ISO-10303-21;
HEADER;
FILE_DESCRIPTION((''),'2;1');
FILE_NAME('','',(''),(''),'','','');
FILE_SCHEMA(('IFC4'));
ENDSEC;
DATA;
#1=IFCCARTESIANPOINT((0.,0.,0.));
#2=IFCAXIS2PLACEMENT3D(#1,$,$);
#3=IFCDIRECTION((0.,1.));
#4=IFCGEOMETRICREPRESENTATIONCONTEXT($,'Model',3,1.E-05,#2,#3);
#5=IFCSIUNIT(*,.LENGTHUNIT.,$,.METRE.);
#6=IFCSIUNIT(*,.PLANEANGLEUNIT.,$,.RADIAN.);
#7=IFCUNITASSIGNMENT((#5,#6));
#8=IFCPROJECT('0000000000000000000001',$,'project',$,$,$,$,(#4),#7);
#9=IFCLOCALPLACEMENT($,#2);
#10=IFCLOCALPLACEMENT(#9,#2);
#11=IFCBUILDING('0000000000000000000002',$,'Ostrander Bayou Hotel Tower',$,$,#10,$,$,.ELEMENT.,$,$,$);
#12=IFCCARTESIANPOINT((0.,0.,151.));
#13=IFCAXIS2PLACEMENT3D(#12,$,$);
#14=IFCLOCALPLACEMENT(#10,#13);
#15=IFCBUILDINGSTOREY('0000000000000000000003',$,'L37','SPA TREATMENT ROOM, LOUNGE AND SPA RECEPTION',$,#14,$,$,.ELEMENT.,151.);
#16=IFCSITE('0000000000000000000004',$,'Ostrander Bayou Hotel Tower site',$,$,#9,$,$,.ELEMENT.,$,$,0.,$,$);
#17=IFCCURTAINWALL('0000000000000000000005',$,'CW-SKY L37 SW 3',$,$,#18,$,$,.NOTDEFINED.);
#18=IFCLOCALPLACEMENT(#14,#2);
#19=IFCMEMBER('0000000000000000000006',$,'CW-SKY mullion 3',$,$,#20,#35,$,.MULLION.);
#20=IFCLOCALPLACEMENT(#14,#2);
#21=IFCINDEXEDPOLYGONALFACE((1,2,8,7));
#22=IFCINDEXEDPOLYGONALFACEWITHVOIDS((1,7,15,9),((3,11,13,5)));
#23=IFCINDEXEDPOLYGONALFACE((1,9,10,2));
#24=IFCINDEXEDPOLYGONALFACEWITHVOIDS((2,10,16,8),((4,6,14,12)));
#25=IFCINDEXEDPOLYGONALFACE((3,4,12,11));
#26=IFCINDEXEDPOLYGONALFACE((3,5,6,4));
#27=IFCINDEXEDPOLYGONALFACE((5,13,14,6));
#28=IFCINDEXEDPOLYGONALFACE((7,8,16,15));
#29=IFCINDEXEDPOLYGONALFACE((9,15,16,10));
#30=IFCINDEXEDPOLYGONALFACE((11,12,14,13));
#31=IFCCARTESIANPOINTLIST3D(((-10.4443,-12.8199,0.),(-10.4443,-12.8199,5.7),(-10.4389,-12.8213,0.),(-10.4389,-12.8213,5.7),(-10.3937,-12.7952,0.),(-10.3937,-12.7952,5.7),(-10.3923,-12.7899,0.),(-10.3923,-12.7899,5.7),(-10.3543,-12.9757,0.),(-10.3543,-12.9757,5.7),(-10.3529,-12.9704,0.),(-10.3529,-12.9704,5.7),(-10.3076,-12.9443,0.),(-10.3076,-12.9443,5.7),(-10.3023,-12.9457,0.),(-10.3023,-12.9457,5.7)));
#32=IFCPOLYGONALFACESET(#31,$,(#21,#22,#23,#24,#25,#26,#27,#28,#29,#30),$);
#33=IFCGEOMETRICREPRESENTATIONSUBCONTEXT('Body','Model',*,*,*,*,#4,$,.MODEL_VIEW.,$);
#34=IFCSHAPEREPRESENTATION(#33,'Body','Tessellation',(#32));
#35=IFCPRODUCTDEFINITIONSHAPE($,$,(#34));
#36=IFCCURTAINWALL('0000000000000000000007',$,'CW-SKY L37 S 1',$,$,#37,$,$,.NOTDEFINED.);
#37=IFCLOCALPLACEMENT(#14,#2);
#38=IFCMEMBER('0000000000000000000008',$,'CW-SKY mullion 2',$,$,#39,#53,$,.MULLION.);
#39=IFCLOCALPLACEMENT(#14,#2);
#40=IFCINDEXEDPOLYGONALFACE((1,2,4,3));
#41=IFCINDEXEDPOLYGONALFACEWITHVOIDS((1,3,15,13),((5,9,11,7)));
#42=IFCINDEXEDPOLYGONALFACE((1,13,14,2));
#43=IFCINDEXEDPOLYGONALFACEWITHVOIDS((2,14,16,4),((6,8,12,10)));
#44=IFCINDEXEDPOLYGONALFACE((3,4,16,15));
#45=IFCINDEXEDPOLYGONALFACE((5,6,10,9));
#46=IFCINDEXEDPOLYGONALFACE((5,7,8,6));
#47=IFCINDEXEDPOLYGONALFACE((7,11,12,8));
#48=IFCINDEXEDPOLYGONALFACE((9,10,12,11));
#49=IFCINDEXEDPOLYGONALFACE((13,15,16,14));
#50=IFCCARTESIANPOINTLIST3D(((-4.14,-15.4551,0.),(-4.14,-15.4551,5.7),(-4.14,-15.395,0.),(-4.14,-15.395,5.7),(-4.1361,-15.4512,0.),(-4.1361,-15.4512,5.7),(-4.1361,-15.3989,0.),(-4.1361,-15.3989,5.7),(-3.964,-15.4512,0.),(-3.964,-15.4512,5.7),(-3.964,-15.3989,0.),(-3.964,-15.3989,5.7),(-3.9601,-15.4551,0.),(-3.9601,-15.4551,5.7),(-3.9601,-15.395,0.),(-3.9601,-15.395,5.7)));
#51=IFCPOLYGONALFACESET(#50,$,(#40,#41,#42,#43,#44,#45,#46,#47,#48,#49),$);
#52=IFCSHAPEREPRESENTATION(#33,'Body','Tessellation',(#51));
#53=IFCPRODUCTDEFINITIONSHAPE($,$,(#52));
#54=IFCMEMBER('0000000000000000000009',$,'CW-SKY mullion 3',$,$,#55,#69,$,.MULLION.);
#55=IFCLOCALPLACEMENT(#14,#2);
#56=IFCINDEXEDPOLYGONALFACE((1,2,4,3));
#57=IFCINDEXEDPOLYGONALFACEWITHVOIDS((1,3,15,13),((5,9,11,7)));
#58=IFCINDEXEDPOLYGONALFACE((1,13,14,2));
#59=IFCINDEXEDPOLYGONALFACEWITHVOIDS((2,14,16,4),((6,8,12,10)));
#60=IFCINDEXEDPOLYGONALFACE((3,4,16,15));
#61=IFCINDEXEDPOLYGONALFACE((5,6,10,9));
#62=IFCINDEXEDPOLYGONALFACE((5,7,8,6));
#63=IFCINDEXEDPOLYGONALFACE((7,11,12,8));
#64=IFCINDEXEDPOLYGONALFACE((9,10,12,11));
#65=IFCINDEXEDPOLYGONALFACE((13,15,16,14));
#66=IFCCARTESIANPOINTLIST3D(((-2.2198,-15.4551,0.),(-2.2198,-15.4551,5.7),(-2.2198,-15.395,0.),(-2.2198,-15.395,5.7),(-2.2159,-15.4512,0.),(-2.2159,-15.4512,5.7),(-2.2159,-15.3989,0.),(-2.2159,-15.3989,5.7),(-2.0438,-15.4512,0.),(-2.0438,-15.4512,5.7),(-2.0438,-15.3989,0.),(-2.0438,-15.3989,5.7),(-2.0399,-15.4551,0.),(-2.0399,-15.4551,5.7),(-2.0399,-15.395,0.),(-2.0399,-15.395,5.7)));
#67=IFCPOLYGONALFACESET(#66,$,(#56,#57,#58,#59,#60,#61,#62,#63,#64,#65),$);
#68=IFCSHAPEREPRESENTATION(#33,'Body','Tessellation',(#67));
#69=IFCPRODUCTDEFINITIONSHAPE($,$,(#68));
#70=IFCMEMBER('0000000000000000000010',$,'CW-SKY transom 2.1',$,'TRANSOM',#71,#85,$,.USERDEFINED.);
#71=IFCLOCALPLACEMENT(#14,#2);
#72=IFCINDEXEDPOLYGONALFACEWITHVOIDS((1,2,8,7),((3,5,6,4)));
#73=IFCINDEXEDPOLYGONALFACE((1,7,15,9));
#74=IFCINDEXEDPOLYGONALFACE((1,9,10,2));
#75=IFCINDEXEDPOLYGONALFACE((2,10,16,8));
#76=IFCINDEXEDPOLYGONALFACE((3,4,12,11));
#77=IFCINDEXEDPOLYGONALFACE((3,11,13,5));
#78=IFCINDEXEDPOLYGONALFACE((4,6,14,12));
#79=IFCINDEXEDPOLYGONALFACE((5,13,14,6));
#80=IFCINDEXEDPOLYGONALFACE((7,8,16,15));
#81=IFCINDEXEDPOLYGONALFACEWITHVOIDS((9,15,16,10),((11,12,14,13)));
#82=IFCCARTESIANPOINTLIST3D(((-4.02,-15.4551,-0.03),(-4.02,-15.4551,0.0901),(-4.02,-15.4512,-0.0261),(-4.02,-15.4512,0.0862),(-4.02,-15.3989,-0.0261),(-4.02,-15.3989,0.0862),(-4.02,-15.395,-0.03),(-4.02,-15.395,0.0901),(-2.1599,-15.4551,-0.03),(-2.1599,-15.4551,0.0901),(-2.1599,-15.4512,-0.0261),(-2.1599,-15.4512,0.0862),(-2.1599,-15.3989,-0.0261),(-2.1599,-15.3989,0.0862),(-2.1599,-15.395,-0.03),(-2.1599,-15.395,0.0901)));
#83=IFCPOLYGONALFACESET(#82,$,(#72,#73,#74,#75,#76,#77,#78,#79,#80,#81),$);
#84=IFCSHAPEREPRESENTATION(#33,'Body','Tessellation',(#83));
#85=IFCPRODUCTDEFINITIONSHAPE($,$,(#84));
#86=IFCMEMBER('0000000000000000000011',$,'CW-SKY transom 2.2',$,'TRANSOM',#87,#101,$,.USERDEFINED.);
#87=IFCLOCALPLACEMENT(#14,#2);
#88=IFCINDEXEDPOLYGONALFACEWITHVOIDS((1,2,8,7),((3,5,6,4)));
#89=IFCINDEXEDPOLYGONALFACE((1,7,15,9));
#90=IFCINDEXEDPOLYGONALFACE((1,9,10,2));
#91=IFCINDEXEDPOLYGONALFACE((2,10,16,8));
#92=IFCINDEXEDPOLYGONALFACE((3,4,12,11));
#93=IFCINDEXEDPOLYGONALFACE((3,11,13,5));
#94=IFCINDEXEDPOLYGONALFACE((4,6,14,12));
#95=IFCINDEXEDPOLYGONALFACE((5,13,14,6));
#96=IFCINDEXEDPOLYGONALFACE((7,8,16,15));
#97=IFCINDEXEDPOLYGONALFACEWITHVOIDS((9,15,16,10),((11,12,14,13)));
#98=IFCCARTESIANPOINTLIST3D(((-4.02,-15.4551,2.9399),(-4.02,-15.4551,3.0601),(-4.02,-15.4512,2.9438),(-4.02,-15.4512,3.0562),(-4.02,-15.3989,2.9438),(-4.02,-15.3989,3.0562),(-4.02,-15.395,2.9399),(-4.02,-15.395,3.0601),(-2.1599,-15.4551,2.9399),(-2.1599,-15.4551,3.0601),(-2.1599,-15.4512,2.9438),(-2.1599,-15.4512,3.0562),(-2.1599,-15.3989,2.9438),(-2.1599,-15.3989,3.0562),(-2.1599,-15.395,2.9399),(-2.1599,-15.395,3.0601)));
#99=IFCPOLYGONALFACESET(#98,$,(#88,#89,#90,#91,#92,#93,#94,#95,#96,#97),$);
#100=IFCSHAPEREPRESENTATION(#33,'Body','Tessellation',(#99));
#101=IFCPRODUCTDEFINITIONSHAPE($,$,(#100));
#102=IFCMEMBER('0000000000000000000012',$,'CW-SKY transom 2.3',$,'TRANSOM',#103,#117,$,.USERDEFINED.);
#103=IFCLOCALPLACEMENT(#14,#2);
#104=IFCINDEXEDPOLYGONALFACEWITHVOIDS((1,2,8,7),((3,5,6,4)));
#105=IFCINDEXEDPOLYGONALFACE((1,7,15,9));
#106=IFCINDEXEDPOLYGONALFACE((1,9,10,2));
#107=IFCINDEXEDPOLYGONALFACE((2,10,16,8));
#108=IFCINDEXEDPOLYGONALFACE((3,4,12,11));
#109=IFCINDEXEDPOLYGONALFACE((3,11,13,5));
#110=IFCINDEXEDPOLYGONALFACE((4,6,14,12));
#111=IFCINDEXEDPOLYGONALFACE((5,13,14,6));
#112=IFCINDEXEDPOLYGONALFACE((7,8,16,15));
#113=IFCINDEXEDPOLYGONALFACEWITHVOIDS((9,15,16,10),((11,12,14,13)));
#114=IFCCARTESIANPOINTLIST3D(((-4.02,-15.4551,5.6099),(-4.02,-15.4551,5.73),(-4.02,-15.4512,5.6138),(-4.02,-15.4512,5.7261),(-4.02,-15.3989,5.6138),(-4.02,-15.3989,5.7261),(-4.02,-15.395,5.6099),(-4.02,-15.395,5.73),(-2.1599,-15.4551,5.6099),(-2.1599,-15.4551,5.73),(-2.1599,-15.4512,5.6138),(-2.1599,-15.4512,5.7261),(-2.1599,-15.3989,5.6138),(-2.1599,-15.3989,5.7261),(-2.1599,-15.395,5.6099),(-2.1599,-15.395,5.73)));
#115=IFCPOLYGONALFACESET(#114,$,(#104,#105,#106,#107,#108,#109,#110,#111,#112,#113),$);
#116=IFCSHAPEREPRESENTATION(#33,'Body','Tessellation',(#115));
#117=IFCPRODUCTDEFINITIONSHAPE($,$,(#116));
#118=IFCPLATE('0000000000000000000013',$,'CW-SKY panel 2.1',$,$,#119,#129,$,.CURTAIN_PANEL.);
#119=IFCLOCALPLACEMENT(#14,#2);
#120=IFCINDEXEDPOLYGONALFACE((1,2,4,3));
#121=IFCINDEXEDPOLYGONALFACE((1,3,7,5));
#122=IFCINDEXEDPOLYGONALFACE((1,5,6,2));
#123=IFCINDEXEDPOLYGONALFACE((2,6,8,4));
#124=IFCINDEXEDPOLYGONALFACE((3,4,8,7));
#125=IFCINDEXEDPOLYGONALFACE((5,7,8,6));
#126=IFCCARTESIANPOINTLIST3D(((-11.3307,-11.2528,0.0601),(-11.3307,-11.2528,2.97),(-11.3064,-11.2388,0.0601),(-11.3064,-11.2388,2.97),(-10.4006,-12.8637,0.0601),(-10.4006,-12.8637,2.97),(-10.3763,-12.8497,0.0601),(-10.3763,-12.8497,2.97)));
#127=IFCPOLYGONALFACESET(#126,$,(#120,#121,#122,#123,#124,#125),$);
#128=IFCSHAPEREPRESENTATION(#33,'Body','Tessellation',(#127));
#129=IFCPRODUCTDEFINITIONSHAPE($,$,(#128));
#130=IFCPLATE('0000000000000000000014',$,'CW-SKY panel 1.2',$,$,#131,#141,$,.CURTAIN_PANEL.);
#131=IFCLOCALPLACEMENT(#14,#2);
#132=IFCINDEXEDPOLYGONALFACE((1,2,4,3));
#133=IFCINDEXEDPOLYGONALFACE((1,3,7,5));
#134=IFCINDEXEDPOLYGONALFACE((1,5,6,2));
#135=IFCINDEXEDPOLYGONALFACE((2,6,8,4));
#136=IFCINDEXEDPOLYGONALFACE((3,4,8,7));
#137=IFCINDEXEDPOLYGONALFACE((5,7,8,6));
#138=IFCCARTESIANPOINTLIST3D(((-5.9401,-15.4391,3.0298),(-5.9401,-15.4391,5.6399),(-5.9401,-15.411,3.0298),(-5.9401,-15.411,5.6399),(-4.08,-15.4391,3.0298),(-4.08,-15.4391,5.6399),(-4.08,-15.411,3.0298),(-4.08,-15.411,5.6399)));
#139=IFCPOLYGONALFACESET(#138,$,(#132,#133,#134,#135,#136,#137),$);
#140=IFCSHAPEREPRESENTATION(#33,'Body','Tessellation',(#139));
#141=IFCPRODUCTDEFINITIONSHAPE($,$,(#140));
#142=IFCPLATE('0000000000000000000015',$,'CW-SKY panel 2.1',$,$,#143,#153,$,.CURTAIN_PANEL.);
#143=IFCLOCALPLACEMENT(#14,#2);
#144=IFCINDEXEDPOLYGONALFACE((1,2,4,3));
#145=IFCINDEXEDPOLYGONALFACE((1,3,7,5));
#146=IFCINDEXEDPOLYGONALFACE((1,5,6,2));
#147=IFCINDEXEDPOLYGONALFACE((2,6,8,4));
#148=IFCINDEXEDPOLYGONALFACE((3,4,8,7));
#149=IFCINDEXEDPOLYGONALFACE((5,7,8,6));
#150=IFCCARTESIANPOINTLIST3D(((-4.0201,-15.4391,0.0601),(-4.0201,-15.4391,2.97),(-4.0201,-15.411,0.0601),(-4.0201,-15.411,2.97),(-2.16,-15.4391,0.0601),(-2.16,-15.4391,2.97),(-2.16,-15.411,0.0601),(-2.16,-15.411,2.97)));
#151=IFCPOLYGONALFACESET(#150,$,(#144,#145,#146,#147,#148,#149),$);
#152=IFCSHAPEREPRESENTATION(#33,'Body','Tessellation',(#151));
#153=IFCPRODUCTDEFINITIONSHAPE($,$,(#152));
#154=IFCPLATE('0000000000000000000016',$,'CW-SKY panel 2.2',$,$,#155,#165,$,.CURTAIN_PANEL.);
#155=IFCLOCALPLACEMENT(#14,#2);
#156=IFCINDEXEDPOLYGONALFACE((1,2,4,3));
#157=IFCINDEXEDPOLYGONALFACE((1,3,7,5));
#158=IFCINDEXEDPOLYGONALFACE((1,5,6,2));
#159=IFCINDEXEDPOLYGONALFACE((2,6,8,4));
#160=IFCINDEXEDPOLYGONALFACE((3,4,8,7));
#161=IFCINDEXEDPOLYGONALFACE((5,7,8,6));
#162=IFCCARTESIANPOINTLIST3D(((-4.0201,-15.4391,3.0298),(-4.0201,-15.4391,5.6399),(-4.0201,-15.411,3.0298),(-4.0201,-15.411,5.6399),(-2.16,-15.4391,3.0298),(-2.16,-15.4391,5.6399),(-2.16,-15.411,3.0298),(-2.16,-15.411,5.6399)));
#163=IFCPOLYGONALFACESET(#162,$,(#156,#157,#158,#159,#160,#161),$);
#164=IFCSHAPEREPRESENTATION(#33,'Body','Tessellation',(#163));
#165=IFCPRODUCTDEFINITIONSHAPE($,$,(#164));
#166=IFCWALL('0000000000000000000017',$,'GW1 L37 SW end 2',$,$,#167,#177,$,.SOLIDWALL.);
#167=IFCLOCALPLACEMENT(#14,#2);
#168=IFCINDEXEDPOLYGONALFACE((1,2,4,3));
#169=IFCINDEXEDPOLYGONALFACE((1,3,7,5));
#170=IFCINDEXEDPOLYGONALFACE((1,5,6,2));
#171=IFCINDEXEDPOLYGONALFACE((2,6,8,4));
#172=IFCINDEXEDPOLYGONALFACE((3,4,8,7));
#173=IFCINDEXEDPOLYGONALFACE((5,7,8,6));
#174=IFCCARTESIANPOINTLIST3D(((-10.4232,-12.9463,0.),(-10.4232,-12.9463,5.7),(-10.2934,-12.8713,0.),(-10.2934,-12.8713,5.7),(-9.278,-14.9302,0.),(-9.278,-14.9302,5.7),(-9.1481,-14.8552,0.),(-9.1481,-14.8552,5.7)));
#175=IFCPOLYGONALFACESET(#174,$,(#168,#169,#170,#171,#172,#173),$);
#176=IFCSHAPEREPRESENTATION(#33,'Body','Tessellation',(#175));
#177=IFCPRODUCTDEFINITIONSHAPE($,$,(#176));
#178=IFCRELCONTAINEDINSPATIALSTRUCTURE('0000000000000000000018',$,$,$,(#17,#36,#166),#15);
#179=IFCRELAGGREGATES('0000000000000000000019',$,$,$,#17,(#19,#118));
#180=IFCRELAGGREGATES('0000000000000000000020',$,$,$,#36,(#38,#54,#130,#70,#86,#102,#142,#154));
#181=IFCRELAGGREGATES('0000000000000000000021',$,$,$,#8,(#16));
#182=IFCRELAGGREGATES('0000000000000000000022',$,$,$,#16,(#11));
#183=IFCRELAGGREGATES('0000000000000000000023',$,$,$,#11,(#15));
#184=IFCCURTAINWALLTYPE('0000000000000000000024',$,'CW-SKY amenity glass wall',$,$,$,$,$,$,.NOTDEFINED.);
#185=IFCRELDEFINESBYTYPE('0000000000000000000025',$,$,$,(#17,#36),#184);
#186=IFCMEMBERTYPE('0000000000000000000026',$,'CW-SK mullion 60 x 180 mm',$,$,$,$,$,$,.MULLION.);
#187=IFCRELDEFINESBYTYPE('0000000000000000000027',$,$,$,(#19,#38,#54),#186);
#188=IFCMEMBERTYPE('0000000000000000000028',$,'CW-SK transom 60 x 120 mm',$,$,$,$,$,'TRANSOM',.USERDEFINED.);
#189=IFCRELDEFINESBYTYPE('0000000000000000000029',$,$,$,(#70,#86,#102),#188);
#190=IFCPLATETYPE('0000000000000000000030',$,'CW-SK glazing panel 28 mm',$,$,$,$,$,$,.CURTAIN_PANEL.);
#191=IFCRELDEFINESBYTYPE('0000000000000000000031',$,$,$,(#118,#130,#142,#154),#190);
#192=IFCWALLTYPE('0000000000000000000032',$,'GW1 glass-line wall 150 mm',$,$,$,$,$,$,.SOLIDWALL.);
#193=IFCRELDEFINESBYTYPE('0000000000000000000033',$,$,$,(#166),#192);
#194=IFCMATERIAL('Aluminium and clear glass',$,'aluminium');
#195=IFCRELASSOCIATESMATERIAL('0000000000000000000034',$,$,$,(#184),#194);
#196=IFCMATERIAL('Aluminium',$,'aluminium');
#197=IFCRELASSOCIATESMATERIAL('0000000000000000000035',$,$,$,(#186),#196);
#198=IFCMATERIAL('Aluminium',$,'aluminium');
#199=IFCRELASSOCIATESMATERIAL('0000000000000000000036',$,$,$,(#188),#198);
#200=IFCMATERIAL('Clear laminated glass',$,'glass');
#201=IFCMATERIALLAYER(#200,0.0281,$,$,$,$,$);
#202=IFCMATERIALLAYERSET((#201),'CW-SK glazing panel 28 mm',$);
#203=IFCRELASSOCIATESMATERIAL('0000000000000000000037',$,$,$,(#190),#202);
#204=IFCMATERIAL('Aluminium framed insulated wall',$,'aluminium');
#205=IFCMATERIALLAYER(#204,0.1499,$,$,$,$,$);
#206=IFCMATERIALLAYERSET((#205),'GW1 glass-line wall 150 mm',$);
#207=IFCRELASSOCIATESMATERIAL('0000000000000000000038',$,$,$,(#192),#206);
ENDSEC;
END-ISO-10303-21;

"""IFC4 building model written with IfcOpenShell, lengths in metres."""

from ifc_helpers import new_model, si_unit, direction, frame, frame_2d, origin, origin_2d, place, context, subcontext, project, spatial, rectangle, hollow_rectangle, extrude, material, layer, layer_set, material_profile, profile_set, type_object, element, aggregate, save


model = new_model("IFC4")

# Units and contexts
model_context = context("Model", 3, precision=1e-05, world=origin(), true_north=direction((0.0, 1.0)))
body_context = subcontext(model_context, "Body", "Model", "MODEL_VIEW")
ifc_project = project(units=[si_unit("LENGTHUNIT", "METRE"), si_unit("PLANEANGLEUNIT", "RADIAN")], contexts=[model_context])

# Site, building, storey
site_placement = place(None, origin())
site = spatial("IfcSite", under=ifc_project, at=site_placement, Name="Ostrander Bayou Hotel Tower site", CompositionType="ELEMENT", RefElevation=0.0)
building_placement = place(site_placement, origin())
building = spatial("IfcBuilding", under=site, at=building_placement, Name="Ostrander Bayou Hotel Tower", CompositionType="ELEMENT")
storey_placement = place(building_placement, frame((0.0, 0.0, 151.0)))
storey = spatial("IfcBuildingStorey", under=building, at=storey_placement, Name="L37", Description="SPA TREATMENT ROOM, LOUNGE AND SPA RECEPTION", CompositionType="ELEMENT", Elevation=151.0)

# Curtain wall, member
ifc_material_1 = material(Name="Aluminium and clear glass", Category="aluminium")
curtain_wall_type = type_object("IfcCurtainWallType", Name="CW-SKY amenity glass wall", PredefinedType="NOTDEFINED", material=ifc_material_1)
curtain_wall_1_placement = place(storey_placement, origin())
curtain_wall_1 = element("IfcCurtainWall", 1, at=curtain_wall_1_placement, inside=storey, type_object=curtain_wall_type, Name="CW-SKY L37 SW 3", PredefinedType="NOTDEFINED")
ifc_material_2 = material(Name="Aluminium", Category="aluminium")
ifc_material_profile_1 = material_profile(ifc_material_2, hollow_rectangle(XDim=0.0601, YDim=0.1799, WallThickness=0.0039, at=origin_2d()))
ifc_profile_set_1 = profile_set([ifc_material_profile_1], Name="Aluminium")
member_type_1 = type_object("IfcMemberType", Name="CW-SK mullion 60 x 180 mm", PredefinedType="MULLION", material=ifc_profile_set_1)
member_1_placement = place(storey_placement, frame((-10.3733, -12.8828, 0.0), z_axis=(0.0, 0.0, 1.0), x_axis=(0.866025, 0.5, 0.0)))
member_1 = element("IfcMember", 2, at=member_1_placement, type_object=member_type_1, Name="CW-SKY mullion 3", PredefinedType="MULLION", context=body_context, shape_type="SweptSolid", body=[
    extrude(hollow_rectangle(XDim=0.0601, YDim=0.1799, WallThickness=0.0039, at=origin_2d()), origin(), (0.0, 0.0, 1.0), 5.7),
])

# Curtain wall, members
curtain_wall_2_placement = place(storey_placement, origin())
curtain_wall_2 = element("IfcCurtainWall", 3, at=curtain_wall_2_placement, inside=storey, type_object=curtain_wall_type, Name="CW-SKY L37 S 1", PredefinedType="NOTDEFINED")
member_2_placement = place(storey_placement, frame((-4.05, -15.425, 0.0), z_axis=(0.0, 0.0, 1.0), x_axis=(0.0, 1.0, 0.0)))
member_2 = element("IfcMember", 4, at=member_2_placement, type_object=member_type_1, Name="CW-SKY mullion 2", PredefinedType="MULLION", context=body_context, shape_type="SweptSolid", body=[
    extrude(hollow_rectangle(XDim=0.0601, YDim=0.1799, WallThickness=0.0039, at=origin_2d()), origin(), (0.0, 0.0, 1.0), 5.7),
])
member_3_placement = place(storey_placement, frame((-2.1299, -15.425, 0.0), z_axis=(0.0, 0.0, 1.0), x_axis=(0.0, 1.0, 0.0)))
member_3 = element("IfcMember", 5, at=member_3_placement, type_object=member_type_1, Name="CW-SKY mullion 3", PredefinedType="MULLION", context=body_context, shape_type="SweptSolid", body=[
    extrude(hollow_rectangle(XDim=0.0601, YDim=0.1799, WallThickness=0.0039, at=origin_2d()), origin(), (0.0, 0.0, 1.0), 5.7),
])
ifc_material_3 = material(Name="Aluminium", Category="aluminium")
ifc_material_profile_2 = material_profile(ifc_material_3, hollow_rectangle(XDim=0.0601, YDim=0.1201, WallThickness=0.0039, at=origin_2d()))
ifc_profile_set_2 = profile_set([ifc_material_profile_2], Name="Aluminium")
member_type_2 = type_object("IfcMemberType", Name="CW-SK transom 60 x 120 mm", ElementType="TRANSOM", PredefinedType="USERDEFINED", material=ifc_profile_set_2)
member_4_placement = place(storey_placement, frame((-4.02, -15.425, 0.03), z_axis=(1.0, 0.0, 0.0), x_axis=(0.0, 1.0, 0.0)))
member_4 = element("IfcMember", 6, at=member_4_placement, type_object=member_type_2, Name="CW-SKY transom 2.1", ObjectType="TRANSOM", PredefinedType="USERDEFINED", context=body_context, shape_type="SweptSolid", body=[
    extrude(hollow_rectangle(XDim=0.0601, YDim=0.1201, WallThickness=0.0039, at=origin_2d()), origin(), (0.0, 0.0, 1.0), 1.8601),
])
member_5_placement = place(storey_placement, frame((-4.02, -15.425, 3.0), z_axis=(1.0, 0.0, 0.0), x_axis=(0.0, 1.0, 0.0)))
member_5 = element("IfcMember", 7, at=member_5_placement, type_object=member_type_2, Name="CW-SKY transom 2.2", ObjectType="TRANSOM", PredefinedType="USERDEFINED", context=body_context, shape_type="SweptSolid", body=[
    extrude(hollow_rectangle(XDim=0.0601, YDim=0.1201, WallThickness=0.0039, at=origin_2d()), origin(), (0.0, 0.0, 1.0), 1.8601),
])
member_6_placement = place(storey_placement, frame((-4.02, -15.425, 5.6699), z_axis=(1.0, 0.0, 0.0), x_axis=(0.0, 1.0, 0.0)))
member_6 = element("IfcMember", 8, at=member_6_placement, type_object=member_type_2, Name="CW-SKY transom 2.3", ObjectType="TRANSOM", PredefinedType="USERDEFINED", context=body_context, shape_type="SweptSolid", body=[
    extrude(hollow_rectangle(XDim=0.0601, YDim=0.1201, WallThickness=0.0039, at=origin_2d()), origin(), (0.0, 0.0, 1.0), 1.8601),
])

# Plates
ifc_material_4 = material(Name="Clear laminated glass", Category="glass")
ifc_layer_1 = layer(ifc_material_4, 0.0281)
ifc_layer_set_1 = layer_set([ifc_layer_1], Name="CW-SK glazing panel 28 mm")
plate_type = type_object("IfcPlateType", Name="CW-SK glazing panel 28 mm", PredefinedType="CURTAIN_PANEL", material=ifc_layer_set_1)
plate_1_placement = place(storey_placement, frame((-10.8535, -12.0513, 0.0601), z_axis=(0.0, 0.0, 1.0), x_axis=(0.5, -0.866025, 0.0)))
plate_1 = element("IfcPlate", 9, at=plate_1_placement, type_object=plate_type, Name="CW-SKY panel 2.1", PredefinedType="CURTAIN_PANEL", context=body_context, shape_type="SweptSolid", body=[
    extrude(rectangle(XDim=1.8601, YDim=0.0281, at=origin_2d()), origin(), (0.0, 0.0, 1.0), 2.9099),
])
aggregate(curtain_wall_1, [member_1, plate_1])
plate_2_placement = place(storey_placement, frame((-5.01, -15.425, 3.0298), z_axis=(0.0, 0.0, 1.0), x_axis=(1.0, 0.0, 0.0)))
plate_2 = element("IfcPlate", 10, at=plate_2_placement, type_object=plate_type, Name="CW-SKY panel 1.2", PredefinedType="CURTAIN_PANEL", context=body_context, shape_type="SweptSolid", body=[
    extrude(rectangle(XDim=1.8601, YDim=0.0281, at=origin_2d()), origin(), (0.0, 0.0, 1.0), 2.6101),
])
plate_3_placement = place(storey_placement, frame((-3.0901, -15.425, 0.0601), z_axis=(0.0, 0.0, 1.0), x_axis=(1.0, 0.0, 0.0)))
plate_3 = element("IfcPlate", 11, at=plate_3_placement, type_object=plate_type, Name="CW-SKY panel 2.1", PredefinedType="CURTAIN_PANEL", context=body_context, shape_type="SweptSolid", body=[
    extrude(rectangle(XDim=1.8601, YDim=0.0281, at=origin_2d()), origin(), (0.0, 0.0, 1.0), 2.9099),
])
plate_4_placement = place(storey_placement, frame((-3.0901, -15.425, 3.0298), z_axis=(0.0, 0.0, 1.0), x_axis=(1.0, 0.0, 0.0)))
plate_4 = element("IfcPlate", 12, at=plate_4_placement, type_object=plate_type, Name="CW-SKY panel 2.2", PredefinedType="CURTAIN_PANEL", context=body_context, shape_type="SweptSolid", body=[
    extrude(rectangle(XDim=1.8601, YDim=0.0281, at=origin_2d()), origin(), (0.0, 0.0, 1.0), 2.6101),
])
aggregate(curtain_wall_2, [member_2, member_3, plate_2, member_4, member_5, member_6, plate_3, plate_4])

# Wall
ifc_material_5 = material(Name="Aluminium framed insulated wall", Category="aluminium")
ifc_layer_2 = layer(ifc_material_5, 0.1499)
ifc_layer_set_2 = layer_set([ifc_layer_2], Name="GW1 glass-line wall 150 mm")
wall_type_1 = type_object("IfcWallType", Name="GW1 glass-line wall 150 mm", PredefinedType="SOLIDWALL", material=ifc_layer_set_2)
wall_1_placement = place(storey_placement, frame((-10.3584, -12.9087, 0.0), z_axis=(0.0, 0.0, 1.0), x_axis=(0.499956, -0.866051, 0.0)))
element("IfcWall", 13, at=wall_1_placement, inside=storey, type_object=wall_type_1, Name="GW1 L37 SW end 2", PredefinedType="SOLIDWALL", context=body_context, shape_type="SweptSolid", body=[
    extrude(rectangle(XDim=2.2908, YDim=0.1499, at=frame_2d((1.1455, 0.0))), origin(), (0.0, 0.0, 1.0), 5.7),
])

save(model, "model.ifc")
